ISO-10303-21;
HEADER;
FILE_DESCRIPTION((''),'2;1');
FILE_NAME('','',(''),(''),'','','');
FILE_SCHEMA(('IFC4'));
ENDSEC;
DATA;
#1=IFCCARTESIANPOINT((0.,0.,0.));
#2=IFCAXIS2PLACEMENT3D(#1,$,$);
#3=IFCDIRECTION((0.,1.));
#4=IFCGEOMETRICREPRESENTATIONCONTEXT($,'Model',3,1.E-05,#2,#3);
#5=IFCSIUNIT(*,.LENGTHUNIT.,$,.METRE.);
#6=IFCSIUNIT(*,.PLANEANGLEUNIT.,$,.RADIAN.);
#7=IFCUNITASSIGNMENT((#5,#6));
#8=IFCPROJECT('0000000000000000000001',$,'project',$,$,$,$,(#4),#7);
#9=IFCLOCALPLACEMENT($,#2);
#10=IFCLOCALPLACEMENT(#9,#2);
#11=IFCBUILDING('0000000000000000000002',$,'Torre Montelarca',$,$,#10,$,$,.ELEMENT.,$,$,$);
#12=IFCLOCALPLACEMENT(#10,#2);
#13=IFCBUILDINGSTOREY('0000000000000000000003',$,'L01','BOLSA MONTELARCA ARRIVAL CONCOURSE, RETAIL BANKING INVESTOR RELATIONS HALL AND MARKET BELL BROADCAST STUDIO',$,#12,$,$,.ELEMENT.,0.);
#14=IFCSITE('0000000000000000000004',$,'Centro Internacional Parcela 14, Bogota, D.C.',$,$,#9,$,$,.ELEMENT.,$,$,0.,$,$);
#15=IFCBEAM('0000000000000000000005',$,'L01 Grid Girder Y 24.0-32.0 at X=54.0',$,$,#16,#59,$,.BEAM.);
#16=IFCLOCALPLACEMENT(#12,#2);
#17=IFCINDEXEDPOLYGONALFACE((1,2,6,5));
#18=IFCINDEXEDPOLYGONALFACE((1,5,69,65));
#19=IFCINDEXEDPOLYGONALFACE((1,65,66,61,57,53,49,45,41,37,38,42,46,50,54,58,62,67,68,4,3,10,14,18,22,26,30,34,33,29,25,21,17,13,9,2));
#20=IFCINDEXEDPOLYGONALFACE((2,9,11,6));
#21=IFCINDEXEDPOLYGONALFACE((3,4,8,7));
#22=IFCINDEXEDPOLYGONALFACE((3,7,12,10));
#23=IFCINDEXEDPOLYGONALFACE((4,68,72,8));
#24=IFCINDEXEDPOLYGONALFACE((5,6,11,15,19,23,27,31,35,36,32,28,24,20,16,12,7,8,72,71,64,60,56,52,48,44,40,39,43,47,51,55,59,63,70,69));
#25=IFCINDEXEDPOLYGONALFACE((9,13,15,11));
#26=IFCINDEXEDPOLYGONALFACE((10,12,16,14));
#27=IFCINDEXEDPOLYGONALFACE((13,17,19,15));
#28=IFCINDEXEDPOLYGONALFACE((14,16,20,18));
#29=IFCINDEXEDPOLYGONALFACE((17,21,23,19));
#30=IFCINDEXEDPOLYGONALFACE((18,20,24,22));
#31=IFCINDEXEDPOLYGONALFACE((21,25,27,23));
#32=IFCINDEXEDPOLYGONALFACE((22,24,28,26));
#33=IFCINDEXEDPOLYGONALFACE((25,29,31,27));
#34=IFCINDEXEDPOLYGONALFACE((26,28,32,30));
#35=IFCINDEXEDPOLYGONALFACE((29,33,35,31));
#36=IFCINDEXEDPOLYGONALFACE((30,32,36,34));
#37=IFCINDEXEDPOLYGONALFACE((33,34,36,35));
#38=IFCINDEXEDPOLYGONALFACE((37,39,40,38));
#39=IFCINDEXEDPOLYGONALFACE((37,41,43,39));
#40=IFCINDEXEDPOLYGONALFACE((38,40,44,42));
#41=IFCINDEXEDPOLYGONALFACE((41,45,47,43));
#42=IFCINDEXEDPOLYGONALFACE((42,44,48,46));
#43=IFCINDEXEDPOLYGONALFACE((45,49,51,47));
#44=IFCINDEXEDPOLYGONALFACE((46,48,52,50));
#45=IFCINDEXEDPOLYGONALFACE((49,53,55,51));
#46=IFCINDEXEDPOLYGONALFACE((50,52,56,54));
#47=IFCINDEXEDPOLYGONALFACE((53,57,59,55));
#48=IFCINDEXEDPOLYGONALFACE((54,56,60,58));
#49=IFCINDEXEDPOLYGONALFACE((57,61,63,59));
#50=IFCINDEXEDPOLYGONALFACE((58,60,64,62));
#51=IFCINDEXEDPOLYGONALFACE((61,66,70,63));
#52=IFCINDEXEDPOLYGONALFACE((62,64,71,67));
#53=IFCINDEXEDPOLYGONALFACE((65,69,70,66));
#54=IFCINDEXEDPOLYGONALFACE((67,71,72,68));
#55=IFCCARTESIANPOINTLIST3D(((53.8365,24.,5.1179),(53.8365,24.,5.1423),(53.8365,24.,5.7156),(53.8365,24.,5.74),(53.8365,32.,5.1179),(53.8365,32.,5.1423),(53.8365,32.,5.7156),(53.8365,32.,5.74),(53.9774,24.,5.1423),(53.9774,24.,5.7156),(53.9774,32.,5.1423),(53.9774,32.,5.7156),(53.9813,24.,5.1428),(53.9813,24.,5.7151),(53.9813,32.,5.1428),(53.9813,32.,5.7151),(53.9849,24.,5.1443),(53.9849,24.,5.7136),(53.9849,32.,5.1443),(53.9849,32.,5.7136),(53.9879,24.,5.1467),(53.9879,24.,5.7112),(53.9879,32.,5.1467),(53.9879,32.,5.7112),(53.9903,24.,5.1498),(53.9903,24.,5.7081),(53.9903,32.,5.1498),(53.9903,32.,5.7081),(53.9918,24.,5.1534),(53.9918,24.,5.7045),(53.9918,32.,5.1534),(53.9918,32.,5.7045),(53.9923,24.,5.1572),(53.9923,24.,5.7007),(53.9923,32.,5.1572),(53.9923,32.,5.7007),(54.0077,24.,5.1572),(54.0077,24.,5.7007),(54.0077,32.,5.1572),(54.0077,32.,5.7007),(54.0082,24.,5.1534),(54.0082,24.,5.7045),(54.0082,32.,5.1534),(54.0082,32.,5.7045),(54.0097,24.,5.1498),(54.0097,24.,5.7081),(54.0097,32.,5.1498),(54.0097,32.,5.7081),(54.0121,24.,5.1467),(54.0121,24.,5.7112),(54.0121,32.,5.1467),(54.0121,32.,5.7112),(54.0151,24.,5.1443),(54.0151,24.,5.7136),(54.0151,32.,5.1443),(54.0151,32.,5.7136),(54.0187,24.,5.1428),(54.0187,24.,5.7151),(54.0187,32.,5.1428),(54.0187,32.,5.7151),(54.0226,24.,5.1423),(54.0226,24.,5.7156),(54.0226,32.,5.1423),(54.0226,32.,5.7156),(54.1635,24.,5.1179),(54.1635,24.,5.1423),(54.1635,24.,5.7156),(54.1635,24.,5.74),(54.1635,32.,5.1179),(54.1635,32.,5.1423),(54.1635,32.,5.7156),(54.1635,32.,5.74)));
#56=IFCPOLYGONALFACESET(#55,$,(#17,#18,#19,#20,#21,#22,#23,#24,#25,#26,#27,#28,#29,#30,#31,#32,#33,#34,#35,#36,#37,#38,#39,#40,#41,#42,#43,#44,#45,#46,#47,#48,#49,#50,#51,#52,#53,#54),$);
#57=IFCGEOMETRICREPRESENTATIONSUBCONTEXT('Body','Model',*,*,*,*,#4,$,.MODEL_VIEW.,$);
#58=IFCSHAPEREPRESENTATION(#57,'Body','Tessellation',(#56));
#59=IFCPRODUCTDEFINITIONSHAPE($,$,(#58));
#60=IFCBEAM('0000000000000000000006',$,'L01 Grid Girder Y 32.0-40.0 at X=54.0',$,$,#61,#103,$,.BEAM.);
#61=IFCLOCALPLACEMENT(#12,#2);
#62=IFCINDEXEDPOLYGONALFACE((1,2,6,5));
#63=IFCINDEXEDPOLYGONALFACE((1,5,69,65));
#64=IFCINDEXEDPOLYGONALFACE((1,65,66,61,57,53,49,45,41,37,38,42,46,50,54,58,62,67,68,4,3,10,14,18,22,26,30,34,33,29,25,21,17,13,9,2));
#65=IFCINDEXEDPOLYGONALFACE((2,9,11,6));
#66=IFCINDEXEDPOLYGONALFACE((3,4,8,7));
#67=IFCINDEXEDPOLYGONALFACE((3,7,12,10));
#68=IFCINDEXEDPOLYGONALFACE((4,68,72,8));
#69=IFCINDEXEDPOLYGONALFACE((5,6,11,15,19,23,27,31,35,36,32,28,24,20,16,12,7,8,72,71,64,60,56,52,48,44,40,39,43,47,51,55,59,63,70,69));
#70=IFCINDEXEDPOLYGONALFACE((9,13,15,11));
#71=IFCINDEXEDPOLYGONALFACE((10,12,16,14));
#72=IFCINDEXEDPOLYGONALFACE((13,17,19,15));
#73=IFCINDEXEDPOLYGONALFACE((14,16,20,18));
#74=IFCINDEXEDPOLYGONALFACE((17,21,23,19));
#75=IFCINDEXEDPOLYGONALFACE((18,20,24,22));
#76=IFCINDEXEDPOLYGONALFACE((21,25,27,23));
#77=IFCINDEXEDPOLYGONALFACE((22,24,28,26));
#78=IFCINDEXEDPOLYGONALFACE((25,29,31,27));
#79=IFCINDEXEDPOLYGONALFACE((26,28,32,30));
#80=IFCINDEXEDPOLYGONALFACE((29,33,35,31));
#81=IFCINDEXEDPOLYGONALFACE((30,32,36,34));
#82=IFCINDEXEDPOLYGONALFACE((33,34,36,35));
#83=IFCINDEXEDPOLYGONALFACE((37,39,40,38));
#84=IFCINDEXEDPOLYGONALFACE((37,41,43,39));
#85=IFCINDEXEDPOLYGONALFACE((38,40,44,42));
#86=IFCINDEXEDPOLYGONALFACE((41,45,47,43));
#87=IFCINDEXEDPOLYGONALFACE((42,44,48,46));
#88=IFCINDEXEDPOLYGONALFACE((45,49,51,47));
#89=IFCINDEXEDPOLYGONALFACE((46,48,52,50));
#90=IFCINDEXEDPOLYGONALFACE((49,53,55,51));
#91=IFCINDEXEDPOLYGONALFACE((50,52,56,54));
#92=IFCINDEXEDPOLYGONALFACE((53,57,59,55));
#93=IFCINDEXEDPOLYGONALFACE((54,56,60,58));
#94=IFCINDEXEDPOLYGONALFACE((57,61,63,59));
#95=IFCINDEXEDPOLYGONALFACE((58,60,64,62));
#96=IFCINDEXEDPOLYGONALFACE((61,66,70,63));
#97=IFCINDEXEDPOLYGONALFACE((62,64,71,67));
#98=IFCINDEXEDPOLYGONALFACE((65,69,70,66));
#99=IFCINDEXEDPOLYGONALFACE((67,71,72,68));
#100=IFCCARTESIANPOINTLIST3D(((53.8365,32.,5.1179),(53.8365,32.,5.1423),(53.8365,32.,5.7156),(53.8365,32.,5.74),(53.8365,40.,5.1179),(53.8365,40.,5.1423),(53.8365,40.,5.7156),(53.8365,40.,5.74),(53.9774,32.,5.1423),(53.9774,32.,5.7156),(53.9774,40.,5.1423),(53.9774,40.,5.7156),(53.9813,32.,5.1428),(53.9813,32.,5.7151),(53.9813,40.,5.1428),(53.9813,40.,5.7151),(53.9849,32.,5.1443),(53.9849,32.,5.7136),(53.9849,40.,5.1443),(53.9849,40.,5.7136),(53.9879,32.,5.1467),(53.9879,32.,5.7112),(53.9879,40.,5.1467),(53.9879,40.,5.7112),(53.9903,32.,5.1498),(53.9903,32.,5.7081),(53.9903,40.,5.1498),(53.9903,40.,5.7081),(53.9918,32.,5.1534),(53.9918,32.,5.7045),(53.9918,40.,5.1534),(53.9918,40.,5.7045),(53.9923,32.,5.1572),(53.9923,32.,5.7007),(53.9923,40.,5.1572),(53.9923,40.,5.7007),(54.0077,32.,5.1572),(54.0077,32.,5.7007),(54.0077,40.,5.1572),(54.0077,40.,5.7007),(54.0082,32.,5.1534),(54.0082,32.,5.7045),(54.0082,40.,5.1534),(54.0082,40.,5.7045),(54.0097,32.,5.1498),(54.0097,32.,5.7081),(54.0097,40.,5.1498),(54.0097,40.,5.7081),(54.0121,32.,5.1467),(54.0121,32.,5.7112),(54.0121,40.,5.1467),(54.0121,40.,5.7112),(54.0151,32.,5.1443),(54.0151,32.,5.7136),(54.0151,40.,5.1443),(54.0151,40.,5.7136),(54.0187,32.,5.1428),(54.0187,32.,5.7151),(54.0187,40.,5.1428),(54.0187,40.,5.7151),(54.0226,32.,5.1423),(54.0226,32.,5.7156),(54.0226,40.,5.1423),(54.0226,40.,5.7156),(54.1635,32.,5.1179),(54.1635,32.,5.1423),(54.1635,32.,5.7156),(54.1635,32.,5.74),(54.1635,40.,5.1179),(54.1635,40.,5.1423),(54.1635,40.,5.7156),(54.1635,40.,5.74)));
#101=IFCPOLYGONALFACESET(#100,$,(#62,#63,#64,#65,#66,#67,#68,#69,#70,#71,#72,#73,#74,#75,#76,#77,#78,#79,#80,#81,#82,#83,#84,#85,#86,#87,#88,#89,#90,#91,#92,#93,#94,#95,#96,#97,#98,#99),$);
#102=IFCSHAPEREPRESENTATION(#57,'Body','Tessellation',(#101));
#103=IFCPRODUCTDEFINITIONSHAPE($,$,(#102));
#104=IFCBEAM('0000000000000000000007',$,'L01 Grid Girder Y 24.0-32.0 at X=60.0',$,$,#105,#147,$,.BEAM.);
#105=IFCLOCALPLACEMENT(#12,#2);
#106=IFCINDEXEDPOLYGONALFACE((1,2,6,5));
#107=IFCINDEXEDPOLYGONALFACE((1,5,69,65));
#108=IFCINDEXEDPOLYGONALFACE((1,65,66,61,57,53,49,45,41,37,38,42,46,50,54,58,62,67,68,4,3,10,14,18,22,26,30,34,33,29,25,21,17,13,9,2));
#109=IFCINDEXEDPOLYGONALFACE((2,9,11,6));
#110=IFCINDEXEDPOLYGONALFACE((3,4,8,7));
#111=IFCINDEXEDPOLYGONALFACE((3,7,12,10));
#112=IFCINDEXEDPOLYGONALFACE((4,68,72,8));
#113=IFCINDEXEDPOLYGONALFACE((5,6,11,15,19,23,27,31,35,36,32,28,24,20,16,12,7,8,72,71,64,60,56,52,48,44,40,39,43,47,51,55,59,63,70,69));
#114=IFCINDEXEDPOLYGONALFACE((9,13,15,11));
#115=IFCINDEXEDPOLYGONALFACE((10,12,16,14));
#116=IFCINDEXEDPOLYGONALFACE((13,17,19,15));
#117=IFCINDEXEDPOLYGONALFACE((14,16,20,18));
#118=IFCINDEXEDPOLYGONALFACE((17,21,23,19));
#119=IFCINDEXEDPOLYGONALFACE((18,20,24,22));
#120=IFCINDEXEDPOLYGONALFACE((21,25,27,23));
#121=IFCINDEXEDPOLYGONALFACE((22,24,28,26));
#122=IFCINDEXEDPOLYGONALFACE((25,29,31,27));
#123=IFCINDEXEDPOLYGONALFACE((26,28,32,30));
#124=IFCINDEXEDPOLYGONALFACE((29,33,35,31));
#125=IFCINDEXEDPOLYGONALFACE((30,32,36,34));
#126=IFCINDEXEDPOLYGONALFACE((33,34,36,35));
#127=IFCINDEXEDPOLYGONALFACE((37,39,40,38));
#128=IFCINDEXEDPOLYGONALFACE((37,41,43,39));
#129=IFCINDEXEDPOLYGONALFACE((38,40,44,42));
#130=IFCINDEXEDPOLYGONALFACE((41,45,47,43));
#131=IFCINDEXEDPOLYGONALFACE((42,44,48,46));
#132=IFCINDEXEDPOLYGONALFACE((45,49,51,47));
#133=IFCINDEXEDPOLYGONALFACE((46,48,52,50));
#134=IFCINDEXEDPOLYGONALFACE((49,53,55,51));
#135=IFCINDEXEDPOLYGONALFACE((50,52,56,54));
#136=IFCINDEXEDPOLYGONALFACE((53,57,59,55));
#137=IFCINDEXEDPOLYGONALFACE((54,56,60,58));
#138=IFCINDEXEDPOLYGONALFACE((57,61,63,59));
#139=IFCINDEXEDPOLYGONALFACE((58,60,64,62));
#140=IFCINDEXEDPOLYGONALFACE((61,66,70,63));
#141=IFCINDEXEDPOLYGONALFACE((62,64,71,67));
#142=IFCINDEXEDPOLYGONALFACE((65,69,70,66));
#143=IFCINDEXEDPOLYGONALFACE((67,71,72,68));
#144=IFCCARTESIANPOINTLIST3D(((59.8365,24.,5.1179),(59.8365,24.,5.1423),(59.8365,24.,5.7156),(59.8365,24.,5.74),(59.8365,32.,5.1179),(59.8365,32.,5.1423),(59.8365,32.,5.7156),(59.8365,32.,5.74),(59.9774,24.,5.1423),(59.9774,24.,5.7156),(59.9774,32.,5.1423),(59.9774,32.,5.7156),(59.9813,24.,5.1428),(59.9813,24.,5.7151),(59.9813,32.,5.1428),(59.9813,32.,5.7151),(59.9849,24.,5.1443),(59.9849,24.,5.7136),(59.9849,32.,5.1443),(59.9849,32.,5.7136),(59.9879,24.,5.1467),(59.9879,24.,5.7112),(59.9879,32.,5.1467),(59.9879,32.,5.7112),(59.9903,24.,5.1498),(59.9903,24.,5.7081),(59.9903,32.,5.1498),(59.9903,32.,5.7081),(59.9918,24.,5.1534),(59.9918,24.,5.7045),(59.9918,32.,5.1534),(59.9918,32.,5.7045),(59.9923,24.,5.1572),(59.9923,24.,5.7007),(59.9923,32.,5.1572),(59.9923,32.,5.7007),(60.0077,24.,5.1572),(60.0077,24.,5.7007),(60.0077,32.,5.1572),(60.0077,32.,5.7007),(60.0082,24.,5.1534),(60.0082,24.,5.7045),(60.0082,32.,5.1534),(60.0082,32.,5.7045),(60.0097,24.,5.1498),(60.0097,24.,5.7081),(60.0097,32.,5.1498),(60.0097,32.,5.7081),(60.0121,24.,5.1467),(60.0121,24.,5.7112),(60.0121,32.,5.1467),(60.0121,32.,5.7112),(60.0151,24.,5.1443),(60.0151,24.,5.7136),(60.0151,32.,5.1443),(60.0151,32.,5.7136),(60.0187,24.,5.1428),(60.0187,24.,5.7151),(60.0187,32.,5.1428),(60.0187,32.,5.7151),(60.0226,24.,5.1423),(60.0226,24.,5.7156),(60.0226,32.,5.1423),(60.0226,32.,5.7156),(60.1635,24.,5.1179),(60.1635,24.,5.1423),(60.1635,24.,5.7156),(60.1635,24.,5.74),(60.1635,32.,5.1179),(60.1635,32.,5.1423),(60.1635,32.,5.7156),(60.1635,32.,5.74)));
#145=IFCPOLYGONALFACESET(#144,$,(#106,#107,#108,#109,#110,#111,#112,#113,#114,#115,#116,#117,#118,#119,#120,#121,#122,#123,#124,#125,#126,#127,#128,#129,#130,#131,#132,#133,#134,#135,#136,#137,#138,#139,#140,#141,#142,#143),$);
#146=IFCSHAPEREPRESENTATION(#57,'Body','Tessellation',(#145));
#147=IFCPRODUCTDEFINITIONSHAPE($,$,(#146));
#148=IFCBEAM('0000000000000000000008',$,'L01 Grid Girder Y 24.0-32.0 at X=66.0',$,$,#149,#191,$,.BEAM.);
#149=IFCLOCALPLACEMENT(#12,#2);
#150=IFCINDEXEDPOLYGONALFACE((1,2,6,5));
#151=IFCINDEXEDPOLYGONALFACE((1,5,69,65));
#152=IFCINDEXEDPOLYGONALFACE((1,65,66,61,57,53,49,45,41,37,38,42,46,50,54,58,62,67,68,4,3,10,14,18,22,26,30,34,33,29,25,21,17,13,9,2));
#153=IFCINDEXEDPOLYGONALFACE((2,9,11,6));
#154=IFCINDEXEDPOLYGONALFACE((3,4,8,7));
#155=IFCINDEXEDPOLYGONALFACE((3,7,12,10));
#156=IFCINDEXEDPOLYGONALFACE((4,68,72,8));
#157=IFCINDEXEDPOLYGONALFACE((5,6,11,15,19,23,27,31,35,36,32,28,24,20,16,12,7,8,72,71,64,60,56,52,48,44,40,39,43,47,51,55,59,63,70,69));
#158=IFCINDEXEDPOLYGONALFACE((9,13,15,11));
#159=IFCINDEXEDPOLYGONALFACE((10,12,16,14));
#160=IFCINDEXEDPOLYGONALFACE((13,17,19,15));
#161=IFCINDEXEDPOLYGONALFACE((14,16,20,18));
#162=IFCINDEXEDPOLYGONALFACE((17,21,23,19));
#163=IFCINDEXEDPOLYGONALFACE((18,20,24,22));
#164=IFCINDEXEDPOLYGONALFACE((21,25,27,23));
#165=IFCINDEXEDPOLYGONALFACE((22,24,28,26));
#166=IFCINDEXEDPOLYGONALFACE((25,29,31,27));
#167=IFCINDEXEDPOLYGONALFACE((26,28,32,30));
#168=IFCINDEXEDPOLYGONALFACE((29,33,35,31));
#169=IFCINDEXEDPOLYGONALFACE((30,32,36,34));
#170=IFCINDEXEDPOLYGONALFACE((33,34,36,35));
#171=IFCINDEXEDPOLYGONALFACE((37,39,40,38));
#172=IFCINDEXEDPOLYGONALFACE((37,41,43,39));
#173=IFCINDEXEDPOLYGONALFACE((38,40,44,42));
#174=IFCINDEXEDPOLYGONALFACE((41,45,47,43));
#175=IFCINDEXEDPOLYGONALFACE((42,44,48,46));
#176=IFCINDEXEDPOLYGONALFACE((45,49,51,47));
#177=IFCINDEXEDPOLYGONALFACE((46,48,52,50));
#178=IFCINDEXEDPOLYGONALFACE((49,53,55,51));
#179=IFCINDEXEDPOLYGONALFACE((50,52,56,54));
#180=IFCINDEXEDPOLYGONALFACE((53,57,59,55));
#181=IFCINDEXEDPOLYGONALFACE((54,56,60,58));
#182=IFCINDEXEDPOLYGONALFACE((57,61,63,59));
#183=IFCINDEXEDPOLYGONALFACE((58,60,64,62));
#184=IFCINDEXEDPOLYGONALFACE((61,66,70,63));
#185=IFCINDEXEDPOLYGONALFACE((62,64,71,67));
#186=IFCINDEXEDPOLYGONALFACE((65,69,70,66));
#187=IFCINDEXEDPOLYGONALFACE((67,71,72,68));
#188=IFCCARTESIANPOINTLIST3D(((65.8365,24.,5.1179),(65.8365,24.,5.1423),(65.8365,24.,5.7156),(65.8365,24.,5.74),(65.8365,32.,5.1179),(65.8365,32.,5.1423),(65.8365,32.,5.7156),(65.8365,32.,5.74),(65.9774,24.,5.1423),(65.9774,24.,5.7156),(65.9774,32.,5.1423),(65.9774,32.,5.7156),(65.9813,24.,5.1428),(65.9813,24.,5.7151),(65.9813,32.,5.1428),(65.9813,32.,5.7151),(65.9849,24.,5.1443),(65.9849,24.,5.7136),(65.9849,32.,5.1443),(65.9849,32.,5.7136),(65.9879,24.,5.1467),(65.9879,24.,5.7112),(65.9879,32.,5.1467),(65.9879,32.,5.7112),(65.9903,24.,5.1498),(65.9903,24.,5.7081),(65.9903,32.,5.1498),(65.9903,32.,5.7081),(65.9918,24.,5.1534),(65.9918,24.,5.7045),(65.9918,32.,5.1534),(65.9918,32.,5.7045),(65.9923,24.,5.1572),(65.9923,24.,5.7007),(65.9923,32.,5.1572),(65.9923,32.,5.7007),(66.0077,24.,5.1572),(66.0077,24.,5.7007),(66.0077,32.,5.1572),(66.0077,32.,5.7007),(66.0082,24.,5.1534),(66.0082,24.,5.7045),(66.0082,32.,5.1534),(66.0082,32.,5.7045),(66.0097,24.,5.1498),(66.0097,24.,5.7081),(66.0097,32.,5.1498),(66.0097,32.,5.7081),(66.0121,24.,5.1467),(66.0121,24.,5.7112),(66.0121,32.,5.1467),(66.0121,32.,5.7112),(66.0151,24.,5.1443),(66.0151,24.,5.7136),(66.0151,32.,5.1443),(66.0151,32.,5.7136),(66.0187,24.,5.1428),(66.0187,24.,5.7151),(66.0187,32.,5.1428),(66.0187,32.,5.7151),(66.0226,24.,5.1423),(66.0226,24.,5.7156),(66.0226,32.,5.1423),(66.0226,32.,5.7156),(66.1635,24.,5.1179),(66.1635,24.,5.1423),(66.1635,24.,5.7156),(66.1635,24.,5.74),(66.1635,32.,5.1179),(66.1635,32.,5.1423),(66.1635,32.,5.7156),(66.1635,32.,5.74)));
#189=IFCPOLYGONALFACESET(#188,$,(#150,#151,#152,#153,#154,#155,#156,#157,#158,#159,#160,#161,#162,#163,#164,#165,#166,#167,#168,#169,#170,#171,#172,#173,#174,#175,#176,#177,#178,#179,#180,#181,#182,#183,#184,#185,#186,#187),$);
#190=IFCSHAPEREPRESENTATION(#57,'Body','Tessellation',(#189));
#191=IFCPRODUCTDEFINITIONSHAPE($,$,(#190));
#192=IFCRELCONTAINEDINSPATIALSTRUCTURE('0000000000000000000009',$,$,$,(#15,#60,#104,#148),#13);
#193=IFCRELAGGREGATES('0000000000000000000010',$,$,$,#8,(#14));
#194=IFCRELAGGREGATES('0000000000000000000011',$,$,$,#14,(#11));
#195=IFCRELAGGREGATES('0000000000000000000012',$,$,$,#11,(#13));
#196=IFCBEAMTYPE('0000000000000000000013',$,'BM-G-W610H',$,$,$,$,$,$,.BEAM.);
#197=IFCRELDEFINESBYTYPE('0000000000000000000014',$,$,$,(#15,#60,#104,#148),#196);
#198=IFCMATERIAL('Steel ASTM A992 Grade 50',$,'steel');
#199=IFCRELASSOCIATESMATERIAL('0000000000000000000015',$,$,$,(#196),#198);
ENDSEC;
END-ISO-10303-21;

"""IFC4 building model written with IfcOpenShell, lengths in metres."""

from ifc_helpers import new_model, si_unit, direction, frame, origin, origin_2d, place, context, subcontext, project, spatial, i_section, extrude, source, transform, mapped, material, material_profile, profile_set, type_object, element, save


model = new_model("IFC4")

# Units and contexts
model_context = context("Model", 3, precision=1e-05, world=origin(), true_north=direction((0.0, 1.0)))
body_context = subcontext(model_context, "Body", "Model", "MODEL_VIEW")
ifc_project = project(units=[si_unit("LENGTHUNIT", "METRE"), si_unit("PLANEANGLEUNIT", "RADIAN")], contexts=[model_context])

# Site, building, storey
site_placement = place(None, origin())
site = spatial("IfcSite", under=ifc_project, at=site_placement, Name="Centro Internacional Parcela 14, Bogota, D.C.", CompositionType="ELEMENT", RefElevation=0.0)
building_placement = place(site_placement, origin())
building = spatial("IfcBuilding", under=site, at=building_placement, Name="Torre Montelarca", CompositionType="ELEMENT")
storey_placement = place(building_placement, origin())
storey = spatial("IfcBuildingStorey", under=building, at=storey_placement, Name="L01", Description="BOLSA MONTELARCA ARRIVAL CONCOURSE, RETAIL BANKING INVESTOR RELATIONS HALL AND MARKET BELL BROADCAST STUDIO", CompositionType="ELEMENT", Elevation=0.0)

# Shared definitions
ifc_material_1 = material(Name="Steel ASTM A992 Grade 50", Category="steel")

# Beams
ifc_material_profile_1 = material_profile(ifc_material_1, i_section(OverallWidth=0.3269, OverallDepth=0.6221, WebThickness=0.0154, FlangeThickness=0.0244, FilletRadius=0.0149, at=origin_2d()), Name="W610X195", Category="steel")
ifc_profile_set_1 = profile_set([ifc_material_profile_1], Name="Steel ASTM A992 Grade 50")
beam_type_1 = type_object("IfcBeamType", Name="BM-G-W610H", PredefinedType="BEAM", material=ifc_profile_set_1)
shared_shape_1 = source(origin(), body_context, "Body", "SweptSolid", [
    extrude(i_section(OverallWidth=0.3269, OverallDepth=0.6221, WebThickness=0.0154, FlangeThickness=0.0244, FilletRadius=0.0149, at=origin_2d()), origin(), (0.0, 0.0, 1.0), 8.0),
])
for number, where, z_axis, x_axis, name in (
    (1, (54.0, 24.0, 5.429), (0.0, 1.0, 0.0), (-1.0, 0.0, 0.0), "L01 Grid Girder Y 24.0-32.0 at X=54.0"),
    (2, (54.0, 32.0, 5.429), (0.0, 1.0, 0.0), (-1.0, 0.0, 0.0), "L01 Grid Girder Y 32.0-40.0 at X=54.0"),
    (3, (60.0, 24.0, 5.429), (0.0, 1.0, 0.0), (-1.0, 0.0, 0.0), "L01 Grid Girder Y 24.0-32.0 at X=60.0"),
    (4, (66.0, 24.0, 5.429), (0.0, 1.0, 0.0), (-1.0, 0.0, 0.0), "L01 Grid Girder Y 24.0-32.0 at X=66.0"),
):
    element("IfcBeam", number, at=place(storey_placement, frame(where, z_axis=z_axis, x_axis=x_axis)), inside=storey, type_object=beam_type_1, Name=name, PredefinedType="BEAM", context=body_context, shape_type="MappedRepresentation", body=[
        mapped(shared_shape_1, transform((0.0, 0.0, 0.0), scale=1.0)),
    ])

save(model, "model.ifc")
